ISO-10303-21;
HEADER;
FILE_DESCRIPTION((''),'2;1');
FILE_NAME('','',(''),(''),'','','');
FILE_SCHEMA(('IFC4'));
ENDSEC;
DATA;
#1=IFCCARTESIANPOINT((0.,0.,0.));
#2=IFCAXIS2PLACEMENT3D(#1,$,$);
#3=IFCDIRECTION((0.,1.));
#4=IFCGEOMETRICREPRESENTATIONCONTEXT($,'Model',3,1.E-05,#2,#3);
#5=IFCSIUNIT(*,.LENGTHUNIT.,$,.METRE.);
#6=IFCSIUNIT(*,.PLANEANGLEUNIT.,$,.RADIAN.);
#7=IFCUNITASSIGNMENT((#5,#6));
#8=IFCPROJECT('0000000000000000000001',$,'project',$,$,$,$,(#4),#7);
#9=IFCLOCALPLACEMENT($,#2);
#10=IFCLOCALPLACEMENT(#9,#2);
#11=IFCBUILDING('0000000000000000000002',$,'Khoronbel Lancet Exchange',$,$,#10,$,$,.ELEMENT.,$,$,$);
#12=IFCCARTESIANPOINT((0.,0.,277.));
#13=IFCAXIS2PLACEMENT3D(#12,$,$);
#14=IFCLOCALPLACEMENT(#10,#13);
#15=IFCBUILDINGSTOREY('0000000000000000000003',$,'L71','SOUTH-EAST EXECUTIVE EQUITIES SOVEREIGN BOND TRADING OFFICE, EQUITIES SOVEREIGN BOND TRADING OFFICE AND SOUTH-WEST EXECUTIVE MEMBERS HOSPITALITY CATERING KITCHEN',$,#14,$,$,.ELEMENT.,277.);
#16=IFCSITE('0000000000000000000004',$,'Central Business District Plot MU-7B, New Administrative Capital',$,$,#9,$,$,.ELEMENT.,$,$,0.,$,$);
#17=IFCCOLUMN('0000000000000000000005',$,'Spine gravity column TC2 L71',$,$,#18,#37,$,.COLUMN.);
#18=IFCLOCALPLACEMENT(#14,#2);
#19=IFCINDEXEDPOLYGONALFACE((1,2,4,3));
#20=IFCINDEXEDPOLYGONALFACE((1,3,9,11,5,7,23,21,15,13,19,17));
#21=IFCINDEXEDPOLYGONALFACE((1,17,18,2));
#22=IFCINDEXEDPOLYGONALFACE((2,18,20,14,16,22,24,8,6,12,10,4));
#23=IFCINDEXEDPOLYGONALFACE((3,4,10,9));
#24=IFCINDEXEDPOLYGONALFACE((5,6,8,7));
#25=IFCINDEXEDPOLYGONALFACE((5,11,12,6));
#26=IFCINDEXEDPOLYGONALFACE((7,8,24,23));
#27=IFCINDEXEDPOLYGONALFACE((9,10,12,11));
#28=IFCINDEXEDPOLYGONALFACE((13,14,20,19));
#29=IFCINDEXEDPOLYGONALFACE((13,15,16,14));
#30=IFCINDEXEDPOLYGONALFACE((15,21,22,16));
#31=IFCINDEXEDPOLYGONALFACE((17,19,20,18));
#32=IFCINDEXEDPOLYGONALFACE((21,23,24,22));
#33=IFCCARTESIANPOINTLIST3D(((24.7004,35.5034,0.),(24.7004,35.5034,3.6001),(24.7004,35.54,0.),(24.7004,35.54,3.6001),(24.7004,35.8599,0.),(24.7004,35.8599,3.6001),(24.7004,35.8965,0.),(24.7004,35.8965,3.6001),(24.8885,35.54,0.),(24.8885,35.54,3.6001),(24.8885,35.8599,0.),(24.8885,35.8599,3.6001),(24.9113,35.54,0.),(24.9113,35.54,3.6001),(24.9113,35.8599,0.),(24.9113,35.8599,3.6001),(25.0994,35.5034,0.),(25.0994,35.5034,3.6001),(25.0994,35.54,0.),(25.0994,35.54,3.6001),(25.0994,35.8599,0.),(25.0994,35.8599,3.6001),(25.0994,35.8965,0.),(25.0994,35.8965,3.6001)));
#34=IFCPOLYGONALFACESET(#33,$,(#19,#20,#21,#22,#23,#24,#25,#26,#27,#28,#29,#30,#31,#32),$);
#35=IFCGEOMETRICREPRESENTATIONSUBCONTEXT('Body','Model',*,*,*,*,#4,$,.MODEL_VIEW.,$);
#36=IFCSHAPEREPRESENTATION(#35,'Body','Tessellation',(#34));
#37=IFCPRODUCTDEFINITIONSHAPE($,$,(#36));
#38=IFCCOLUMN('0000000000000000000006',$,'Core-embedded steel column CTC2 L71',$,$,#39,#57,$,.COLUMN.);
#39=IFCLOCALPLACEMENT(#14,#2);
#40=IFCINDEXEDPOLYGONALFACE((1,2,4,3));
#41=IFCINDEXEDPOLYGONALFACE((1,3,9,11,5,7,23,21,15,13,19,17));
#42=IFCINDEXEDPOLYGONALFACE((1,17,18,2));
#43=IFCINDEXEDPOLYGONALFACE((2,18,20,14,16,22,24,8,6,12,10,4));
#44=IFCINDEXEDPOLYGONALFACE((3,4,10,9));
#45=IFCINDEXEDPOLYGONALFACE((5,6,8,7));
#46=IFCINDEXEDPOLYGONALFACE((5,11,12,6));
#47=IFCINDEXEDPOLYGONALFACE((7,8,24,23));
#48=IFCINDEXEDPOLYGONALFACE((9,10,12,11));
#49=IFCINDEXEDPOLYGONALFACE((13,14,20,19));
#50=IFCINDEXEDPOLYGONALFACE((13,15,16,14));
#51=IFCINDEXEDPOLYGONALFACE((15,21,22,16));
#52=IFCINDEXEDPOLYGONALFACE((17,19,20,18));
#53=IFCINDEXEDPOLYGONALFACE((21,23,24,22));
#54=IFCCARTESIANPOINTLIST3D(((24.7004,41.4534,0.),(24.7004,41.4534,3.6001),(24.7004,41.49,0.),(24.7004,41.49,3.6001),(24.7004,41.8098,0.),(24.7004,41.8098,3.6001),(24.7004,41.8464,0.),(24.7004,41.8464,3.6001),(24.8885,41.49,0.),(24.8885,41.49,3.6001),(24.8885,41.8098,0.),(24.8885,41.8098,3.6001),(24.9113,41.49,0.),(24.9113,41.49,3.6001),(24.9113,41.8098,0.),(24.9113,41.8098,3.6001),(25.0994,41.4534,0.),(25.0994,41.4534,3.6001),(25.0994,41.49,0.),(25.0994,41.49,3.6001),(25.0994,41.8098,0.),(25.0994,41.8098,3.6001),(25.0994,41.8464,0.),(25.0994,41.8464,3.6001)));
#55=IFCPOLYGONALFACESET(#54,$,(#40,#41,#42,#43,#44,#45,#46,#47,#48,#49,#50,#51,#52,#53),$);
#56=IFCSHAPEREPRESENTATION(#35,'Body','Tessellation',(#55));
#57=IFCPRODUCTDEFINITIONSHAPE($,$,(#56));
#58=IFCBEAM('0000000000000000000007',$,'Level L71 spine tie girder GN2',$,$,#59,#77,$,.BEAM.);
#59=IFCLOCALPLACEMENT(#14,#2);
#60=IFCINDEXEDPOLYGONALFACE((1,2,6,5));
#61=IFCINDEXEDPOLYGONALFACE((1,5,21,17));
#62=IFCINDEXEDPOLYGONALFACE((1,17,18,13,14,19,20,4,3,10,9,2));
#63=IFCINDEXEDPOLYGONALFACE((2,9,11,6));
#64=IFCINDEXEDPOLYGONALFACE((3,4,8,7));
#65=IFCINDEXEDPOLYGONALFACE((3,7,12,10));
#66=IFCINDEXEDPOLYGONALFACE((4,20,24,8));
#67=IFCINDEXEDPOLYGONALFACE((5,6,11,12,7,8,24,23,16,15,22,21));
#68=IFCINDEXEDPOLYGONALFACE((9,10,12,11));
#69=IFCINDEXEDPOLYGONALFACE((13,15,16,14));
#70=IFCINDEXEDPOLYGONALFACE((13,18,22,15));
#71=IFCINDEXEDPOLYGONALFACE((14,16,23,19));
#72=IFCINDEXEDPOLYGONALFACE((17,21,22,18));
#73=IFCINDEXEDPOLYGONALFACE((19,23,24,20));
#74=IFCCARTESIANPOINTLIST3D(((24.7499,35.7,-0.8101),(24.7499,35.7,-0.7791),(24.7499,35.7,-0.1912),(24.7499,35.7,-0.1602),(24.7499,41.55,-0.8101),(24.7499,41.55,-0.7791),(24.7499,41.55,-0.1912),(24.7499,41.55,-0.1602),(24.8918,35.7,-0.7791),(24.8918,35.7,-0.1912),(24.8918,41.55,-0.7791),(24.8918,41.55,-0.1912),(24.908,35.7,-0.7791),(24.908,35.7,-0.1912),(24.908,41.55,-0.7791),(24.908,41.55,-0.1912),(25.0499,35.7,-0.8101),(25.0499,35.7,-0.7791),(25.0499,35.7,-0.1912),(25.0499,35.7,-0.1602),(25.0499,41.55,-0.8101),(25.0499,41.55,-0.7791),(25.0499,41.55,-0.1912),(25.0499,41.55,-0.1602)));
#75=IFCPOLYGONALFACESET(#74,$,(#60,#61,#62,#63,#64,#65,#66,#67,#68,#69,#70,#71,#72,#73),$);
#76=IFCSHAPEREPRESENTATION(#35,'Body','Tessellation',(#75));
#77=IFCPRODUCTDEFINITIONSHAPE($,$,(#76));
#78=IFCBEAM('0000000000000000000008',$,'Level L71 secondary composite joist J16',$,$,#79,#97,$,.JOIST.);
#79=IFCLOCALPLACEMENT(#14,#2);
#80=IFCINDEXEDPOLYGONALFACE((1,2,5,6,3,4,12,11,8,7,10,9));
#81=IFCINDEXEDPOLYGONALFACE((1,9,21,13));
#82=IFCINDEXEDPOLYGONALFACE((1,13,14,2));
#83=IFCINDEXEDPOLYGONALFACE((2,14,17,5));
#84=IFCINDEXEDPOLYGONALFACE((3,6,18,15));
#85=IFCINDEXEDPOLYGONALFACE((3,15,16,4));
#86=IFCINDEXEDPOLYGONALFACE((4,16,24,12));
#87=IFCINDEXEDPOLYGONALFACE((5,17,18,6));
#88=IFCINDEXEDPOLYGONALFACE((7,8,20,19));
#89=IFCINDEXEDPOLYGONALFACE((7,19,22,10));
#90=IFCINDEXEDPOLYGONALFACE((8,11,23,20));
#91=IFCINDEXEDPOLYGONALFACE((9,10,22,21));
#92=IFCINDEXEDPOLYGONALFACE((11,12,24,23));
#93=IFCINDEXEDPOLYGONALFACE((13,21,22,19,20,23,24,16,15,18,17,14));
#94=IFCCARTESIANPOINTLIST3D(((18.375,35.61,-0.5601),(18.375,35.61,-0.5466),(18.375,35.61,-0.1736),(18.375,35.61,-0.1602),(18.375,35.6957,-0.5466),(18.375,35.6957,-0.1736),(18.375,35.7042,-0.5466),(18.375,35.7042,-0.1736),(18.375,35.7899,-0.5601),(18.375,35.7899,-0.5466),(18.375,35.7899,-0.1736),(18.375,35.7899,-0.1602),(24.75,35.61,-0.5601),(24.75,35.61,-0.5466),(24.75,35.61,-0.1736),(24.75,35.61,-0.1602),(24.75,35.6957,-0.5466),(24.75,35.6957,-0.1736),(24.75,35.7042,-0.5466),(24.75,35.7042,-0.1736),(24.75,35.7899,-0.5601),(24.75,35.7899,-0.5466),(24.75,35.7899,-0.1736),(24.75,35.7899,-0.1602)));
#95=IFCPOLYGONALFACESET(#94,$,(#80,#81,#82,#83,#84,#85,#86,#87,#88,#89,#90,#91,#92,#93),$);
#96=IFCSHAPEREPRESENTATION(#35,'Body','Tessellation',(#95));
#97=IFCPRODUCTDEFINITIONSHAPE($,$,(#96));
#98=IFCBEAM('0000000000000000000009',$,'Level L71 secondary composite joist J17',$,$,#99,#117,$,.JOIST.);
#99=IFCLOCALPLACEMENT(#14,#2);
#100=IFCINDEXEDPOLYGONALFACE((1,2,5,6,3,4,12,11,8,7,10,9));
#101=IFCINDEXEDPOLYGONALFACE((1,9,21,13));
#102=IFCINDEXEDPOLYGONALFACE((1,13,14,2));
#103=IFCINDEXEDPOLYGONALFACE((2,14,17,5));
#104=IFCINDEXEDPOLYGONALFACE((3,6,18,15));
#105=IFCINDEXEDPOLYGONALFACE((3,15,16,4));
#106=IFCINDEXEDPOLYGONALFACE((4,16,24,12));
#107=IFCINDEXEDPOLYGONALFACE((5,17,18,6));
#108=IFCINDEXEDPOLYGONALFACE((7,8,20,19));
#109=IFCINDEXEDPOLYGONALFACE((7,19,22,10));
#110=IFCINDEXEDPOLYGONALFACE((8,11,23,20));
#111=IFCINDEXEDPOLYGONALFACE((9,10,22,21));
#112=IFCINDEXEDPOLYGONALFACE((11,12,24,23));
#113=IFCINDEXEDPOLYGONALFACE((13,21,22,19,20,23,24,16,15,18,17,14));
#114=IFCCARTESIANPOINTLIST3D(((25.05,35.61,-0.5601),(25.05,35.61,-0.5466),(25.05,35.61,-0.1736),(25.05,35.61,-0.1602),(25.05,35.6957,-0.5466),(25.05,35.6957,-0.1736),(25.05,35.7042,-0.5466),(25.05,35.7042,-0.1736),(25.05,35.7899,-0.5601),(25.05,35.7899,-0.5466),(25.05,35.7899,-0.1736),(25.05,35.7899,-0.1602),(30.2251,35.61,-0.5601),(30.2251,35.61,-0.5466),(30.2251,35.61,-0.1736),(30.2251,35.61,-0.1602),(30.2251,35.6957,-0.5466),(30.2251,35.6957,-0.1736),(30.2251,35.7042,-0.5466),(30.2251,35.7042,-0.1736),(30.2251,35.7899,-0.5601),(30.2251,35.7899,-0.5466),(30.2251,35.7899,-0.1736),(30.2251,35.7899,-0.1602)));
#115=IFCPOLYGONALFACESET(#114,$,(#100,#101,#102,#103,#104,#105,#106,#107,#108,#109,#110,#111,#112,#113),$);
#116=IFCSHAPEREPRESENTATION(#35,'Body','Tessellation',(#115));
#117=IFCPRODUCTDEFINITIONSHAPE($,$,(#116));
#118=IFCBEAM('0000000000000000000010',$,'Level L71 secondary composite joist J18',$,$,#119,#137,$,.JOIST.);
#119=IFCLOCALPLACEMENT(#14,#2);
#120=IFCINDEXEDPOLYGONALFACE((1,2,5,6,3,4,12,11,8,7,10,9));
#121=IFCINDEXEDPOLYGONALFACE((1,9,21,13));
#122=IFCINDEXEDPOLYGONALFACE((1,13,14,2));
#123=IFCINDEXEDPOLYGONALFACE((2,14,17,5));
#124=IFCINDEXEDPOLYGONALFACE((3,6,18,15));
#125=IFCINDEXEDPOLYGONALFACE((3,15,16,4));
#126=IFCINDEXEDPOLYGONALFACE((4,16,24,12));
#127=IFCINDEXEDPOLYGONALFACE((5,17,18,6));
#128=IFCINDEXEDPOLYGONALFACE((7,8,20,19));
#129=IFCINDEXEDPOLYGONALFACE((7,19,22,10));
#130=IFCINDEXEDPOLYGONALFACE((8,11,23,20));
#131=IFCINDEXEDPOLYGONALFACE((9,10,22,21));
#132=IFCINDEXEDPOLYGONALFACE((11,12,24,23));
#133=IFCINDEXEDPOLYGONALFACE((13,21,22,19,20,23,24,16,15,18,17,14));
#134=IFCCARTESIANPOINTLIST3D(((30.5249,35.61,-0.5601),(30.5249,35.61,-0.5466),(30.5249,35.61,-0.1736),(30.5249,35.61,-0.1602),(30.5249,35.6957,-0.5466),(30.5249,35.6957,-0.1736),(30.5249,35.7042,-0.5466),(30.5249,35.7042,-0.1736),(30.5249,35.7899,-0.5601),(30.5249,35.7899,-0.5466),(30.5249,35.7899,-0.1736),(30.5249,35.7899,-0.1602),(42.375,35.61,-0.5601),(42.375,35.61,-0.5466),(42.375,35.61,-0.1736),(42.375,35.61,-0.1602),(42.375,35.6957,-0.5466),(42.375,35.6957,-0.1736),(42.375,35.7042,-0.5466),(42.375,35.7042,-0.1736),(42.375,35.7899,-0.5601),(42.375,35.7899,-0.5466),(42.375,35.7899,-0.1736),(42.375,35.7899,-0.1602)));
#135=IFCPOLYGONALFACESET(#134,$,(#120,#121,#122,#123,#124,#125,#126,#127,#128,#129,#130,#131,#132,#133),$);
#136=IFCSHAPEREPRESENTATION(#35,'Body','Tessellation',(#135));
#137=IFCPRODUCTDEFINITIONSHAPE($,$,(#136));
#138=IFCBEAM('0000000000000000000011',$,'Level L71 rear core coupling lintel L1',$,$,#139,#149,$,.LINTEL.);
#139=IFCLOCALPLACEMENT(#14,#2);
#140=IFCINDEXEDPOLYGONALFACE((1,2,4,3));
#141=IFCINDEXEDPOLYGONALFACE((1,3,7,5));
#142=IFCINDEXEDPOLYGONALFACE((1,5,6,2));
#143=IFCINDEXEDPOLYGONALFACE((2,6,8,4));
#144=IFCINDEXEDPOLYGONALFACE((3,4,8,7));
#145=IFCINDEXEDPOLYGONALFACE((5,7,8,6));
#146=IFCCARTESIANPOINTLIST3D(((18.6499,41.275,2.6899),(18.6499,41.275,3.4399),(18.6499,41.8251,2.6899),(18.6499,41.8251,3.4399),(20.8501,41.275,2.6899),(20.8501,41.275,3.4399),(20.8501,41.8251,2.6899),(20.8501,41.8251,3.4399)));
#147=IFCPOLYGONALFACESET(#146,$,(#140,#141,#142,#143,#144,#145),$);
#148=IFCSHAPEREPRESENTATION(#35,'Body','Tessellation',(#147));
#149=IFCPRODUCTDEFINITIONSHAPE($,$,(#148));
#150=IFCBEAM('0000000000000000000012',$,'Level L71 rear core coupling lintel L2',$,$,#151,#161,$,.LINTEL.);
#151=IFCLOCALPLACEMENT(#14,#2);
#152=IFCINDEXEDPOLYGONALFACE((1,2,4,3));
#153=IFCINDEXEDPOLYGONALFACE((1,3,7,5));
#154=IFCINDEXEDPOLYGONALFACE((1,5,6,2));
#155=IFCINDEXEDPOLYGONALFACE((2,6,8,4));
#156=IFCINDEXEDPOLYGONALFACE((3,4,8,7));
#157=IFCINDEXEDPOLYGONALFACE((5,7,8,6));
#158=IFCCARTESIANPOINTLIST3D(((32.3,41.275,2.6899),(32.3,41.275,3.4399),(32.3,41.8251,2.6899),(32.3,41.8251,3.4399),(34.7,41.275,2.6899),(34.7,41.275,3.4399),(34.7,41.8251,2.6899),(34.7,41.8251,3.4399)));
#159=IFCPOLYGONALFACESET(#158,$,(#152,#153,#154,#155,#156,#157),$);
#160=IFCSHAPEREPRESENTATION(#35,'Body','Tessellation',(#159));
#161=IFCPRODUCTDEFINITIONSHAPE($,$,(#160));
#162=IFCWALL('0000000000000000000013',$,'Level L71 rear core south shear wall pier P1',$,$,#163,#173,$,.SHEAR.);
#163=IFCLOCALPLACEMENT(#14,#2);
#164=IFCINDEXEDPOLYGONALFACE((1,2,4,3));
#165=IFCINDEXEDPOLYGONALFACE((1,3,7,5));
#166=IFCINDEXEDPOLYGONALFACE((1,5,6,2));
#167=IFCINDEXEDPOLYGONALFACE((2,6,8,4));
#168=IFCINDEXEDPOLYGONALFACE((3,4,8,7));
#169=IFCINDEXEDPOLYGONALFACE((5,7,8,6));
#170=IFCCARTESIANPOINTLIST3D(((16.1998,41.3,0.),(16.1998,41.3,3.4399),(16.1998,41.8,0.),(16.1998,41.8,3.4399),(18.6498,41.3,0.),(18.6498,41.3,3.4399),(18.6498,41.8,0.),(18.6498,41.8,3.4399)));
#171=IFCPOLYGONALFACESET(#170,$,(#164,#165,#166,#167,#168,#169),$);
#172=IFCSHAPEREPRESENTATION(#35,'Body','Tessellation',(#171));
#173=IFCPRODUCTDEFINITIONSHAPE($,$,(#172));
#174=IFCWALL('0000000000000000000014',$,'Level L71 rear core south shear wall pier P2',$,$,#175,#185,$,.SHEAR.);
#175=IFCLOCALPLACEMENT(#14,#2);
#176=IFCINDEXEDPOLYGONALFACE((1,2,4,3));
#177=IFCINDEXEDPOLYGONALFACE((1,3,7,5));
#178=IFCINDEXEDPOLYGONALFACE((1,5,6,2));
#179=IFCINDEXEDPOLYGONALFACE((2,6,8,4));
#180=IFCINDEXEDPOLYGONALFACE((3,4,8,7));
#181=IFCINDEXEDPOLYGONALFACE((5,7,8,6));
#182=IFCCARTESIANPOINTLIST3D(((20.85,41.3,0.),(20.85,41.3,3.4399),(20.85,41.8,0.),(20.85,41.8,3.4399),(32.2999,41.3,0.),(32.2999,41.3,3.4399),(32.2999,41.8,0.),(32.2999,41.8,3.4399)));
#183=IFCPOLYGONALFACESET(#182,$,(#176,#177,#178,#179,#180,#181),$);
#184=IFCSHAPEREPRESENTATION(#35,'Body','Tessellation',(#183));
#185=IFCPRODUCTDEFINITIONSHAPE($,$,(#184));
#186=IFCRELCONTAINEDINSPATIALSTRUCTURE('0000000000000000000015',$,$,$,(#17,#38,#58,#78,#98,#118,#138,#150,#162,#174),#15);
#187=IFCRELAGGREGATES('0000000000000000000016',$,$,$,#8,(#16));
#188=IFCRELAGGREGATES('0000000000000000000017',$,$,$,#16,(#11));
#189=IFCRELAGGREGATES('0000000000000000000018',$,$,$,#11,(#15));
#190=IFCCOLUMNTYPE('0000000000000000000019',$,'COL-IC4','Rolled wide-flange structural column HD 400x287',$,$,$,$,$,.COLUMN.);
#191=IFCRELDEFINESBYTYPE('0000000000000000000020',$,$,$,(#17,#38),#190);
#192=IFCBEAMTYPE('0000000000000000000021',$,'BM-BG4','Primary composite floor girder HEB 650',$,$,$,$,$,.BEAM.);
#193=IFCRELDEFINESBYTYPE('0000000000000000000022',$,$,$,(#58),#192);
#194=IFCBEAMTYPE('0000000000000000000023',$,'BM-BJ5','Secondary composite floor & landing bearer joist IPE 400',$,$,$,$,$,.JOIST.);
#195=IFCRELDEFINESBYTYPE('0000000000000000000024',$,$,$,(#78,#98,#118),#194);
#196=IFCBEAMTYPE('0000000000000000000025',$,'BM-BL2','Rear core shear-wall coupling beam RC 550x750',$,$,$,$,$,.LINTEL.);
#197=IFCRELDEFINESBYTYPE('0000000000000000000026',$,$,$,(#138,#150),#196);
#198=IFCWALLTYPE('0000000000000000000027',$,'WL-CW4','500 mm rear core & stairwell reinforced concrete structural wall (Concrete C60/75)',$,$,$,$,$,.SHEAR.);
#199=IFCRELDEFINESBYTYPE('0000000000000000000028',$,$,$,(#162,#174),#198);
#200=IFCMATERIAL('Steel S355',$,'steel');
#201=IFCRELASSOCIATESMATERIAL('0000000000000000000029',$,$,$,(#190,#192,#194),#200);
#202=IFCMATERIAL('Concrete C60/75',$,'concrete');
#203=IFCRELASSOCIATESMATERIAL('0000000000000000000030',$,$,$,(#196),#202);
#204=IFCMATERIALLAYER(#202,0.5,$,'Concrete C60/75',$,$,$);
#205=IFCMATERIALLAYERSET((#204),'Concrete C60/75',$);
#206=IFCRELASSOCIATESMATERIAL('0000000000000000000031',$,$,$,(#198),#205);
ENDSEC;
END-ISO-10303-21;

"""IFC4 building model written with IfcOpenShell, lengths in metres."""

from ifc_helpers import new_model, si_unit, direction, frame, frame_2d, origin, origin_2d, place, context, subcontext, project, spatial, rectangle, i_section, extrude, material, layer, layer_set, material_profile, profile_set, type_object, element, save


model = new_model("IFC4")

# Units and contexts
model_context = context("Model", 3, precision=1e-05, world=origin(), true_north=direction((0.0, 1.0)))
body_context = subcontext(model_context, "Body", "Model", "MODEL_VIEW")
ifc_project = project(units=[si_unit("LENGTHUNIT", "METRE"), si_unit("PLANEANGLEUNIT", "RADIAN")], contexts=[model_context])

# Site, building, storey
site_placement = place(None, origin())
site = spatial("IfcSite", under=ifc_project, at=site_placement, Name="Central Business District Plot MU-7B, New Administrative Capital", CompositionType="ELEMENT", RefElevation=0.0)
building_placement = place(site_placement, origin())
building = spatial("IfcBuilding", under=site, at=building_placement, Name="Khoronbel Lancet Exchange", CompositionType="ELEMENT")
storey_placement = place(building_placement, frame((0.0, 0.0, 277.0)))
storey = spatial("IfcBuildingStorey", under=building, at=storey_placement, Name="L71", Description="SOUTH-EAST EXECUTIVE EQUITIES SOVEREIGN BOND TRADING OFFICE, EQUITIES SOVEREIGN BOND TRADING OFFICE AND SOUTH-WEST EXECUTIVE MEMBERS HOSPITALITY CATERING KITCHEN", CompositionType="ELEMENT", Elevation=277.0)

# Columns
ifc_material_1 = material(Name="Steel S355", Category="steel")
ifc_material_profile_1 = material_profile(ifc_material_1, i_section(OverallWidth=0.3989, OverallDepth=0.3931, WebThickness=0.0227, FlangeThickness=0.0366, at=origin_2d()), Name="HD 400x287")
ifc_profile_set_1 = profile_set([ifc_material_profile_1], Name="Steel S355")
column_type = type_object("IfcColumnType", Name="COL-IC4", Description="Rolled wide-flange structural column HD 400x287", PredefinedType="COLUMN", material=ifc_profile_set_1)
for number, where, z_axis, x_axis, name in (
    (1, (24.8999, 35.7, 0.0), (0.0, 0.0, 1.0), (1.0, 0.0, 0.0), "Spine gravity column TC2 L71"),
    (2, (24.8999, 41.6499, 0.0), (0.0, 0.0, 1.0), (1.0, 0.0, 0.0), "Core-embedded steel column CTC2 L71"),
):
    element("IfcColumn", number, at=place(storey_placement, frame(where, z_axis=z_axis, x_axis=x_axis)), inside=storey, type_object=column_type, Name=name, PredefinedType="COLUMN", context=body_context, shape_type="SweptSolid", body=[
        extrude(i_section(OverallWidth=0.3989, OverallDepth=0.3931, WebThickness=0.0227, FlangeThickness=0.0366, at=origin_2d()), origin(), (0.0, 0.0, 1.0), 3.6001),
    ])

# Beams
ifc_material_profile_2 = material_profile(ifc_material_1, i_section(OverallWidth=0.3, OverallDepth=0.6499, WebThickness=0.0161, FlangeThickness=0.031, at=origin_2d()), Name="HEB 650")
ifc_profile_set_2 = profile_set([ifc_material_profile_2], Name="Steel S355")
beam_type_1 = type_object("IfcBeamType", Name="BM-BG4", Description="Primary composite floor girder HEB 650", PredefinedType="BEAM", material=ifc_profile_set_2)
beam_1_placement = place(storey_placement, frame((24.8999, 35.7, -0.4851), z_axis=(0.0, 1.0, 0.0), x_axis=(-1.0, 0.0, 0.0)))
element("IfcBeam", 3, at=beam_1_placement, inside=storey, type_object=beam_type_1, Name="Level L71 spine tie girder GN2", PredefinedType="BEAM", context=body_context, shape_type="SweptSolid", body=[
    extrude(i_section(OverallWidth=0.3, OverallDepth=0.6499, WebThickness=0.0161, FlangeThickness=0.031, at=origin_2d()), origin(), (0.0, 0.0, 1.0), 5.8501),
])
ifc_material_profile_3 = material_profile(ifc_material_1, i_section(OverallWidth=0.1799, OverallDepth=0.3999, WebThickness=0.0085, FlangeThickness=0.0134, at=origin_2d()), Name="IPE 400")
ifc_profile_set_3 = profile_set([ifc_material_profile_3], Name="Steel S355")
beam_type_2 = type_object("IfcBeamType", Name="BM-BJ5", Description="Secondary composite floor & landing bearer joist IPE 400", PredefinedType="JOIST", material=ifc_profile_set_3)
beam_2_placement = place(storey_placement, frame((18.375, 35.7, -0.3601), z_axis=(1.0, 0.0, 0.0), x_axis=(0.0, 1.0, 0.0)))
element("IfcBeam", 4, at=beam_2_placement, inside=storey, type_object=beam_type_2, Name="Level L71 secondary composite joist J16", PredefinedType="JOIST", context=body_context, shape_type="SweptSolid", body=[
    extrude(i_section(OverallWidth=0.1799, OverallDepth=0.3999, WebThickness=0.0085, FlangeThickness=0.0134, at=origin_2d()), origin(), (0.0, 0.0, 1.0), 6.375),
])
beam_3_placement = place(storey_placement, frame((25.05, 35.7, -0.3601), z_axis=(1.0, 0.0, 0.0), x_axis=(0.0, 1.0, 0.0)))
element("IfcBeam", 5, at=beam_3_placement, inside=storey, type_object=beam_type_2, Name="Level L71 secondary composite joist J17", PredefinedType="JOIST", context=body_context, shape_type="SweptSolid", body=[
    extrude(i_section(OverallWidth=0.1799, OverallDepth=0.3999, WebThickness=0.0085, FlangeThickness=0.0134, at=origin_2d()), origin(), (0.0, 0.0, 1.0), 5.175),
])
beam_4_placement = place(storey_placement, frame((30.5249, 35.7, -0.3601), z_axis=(1.0, 0.0, 0.0), x_axis=(0.0, 1.0, 0.0)))
element("IfcBeam", 6, at=beam_4_placement, inside=storey, type_object=beam_type_2, Name="Level L71 secondary composite joist J18", PredefinedType="JOIST", context=body_context, shape_type="SweptSolid", body=[
    extrude(i_section(OverallWidth=0.1799, OverallDepth=0.3999, WebThickness=0.0085, FlangeThickness=0.0134, at=origin_2d()), origin(), (0.0, 0.0, 1.0), 11.8501),
])
ifc_material_2 = material(Name="Concrete C60/75", Category="concrete")
ifc_material_profile_4 = material_profile(ifc_material_2, rectangle(XDim=0.55, YDim=0.75, at=origin_2d()), Name="RC 550x750")
ifc_profile_set_4 = profile_set([ifc_material_profile_4], Name="Concrete C60/75")
beam_type_3 = type_object("IfcBeamType", Name="BM-BL2", Description="Rear core shear-wall coupling beam RC 550x750", PredefinedType="LINTEL", material=ifc_profile_set_4)
beam_5_placement = place(storey_placement, frame((18.6499, 41.55, 3.0649), z_axis=(1.0, 0.0, 0.0), x_axis=(0.0, 1.0, 0.0)))
element("IfcBeam", 7, at=beam_5_placement, inside=storey, type_object=beam_type_3, Name="Level L71 rear core coupling lintel L1", PredefinedType="LINTEL", context=body_context, shape_type="SweptSolid", body=[
    extrude(rectangle(XDim=0.55, YDim=0.75, at=origin_2d()), origin(), (0.0, 0.0, 1.0), 2.2002),
])
beam_6_placement = place(storey_placement, frame((32.3, 41.55, 3.0649), z_axis=(1.0, 0.0, 0.0), x_axis=(0.0, 1.0, 0.0)))
element("IfcBeam", 8, at=beam_6_placement, inside=storey, type_object=beam_type_3, Name="Level L71 rear core coupling lintel L2", PredefinedType="LINTEL", context=body_context, shape_type="SweptSolid", body=[
    extrude(rectangle(XDim=0.55, YDim=0.75, at=origin_2d()), origin(), (0.0, 0.0, 1.0), 2.3999),
])

# Walls
ifc_layer_1 = layer(ifc_material_2, 0.5, Name="Concrete C60/75")
ifc_layer_set_1 = layer_set([ifc_layer_1], Name="Concrete C60/75")
wall_type_1 = type_object("IfcWallType", Name="WL-CW4", Description="500 mm rear core & stairwell reinforced concrete structural wall (Concrete C60/75)", PredefinedType="SHEAR", material=ifc_layer_set_1)
wall_1_placement = place(storey_placement, frame((18.6499, 41.55, 0.0), z_axis=(0.0, 0.0, 1.0), x_axis=(-1.0, 0.0, 0.0)))
element("IfcWall", 9, at=wall_1_placement, inside=storey, type_object=wall_type_1, Name="Level L71 rear core south shear wall pier P1", PredefinedType="SHEAR", context=body_context, shape_type="SweptSolid", body=[
    extrude(rectangle(XDim=2.45, YDim=0.5, at=frame_2d((1.2251, 0.0))), origin(), (0.0, 0.0, 1.0), 3.4399),
])
wall_2_placement = place(storey_placement, frame((32.3, 41.55, 0.0), z_axis=(0.0, 0.0, 1.0), x_axis=(-1.0, 0.0, 0.0)))
element("IfcWall", 10, at=wall_2_placement, inside=storey, type_object=wall_type_1, Name="Level L71 rear core south shear wall pier P2", PredefinedType="SHEAR", context=body_context, shape_type="SweptSolid", body=[
    extrude(rectangle(XDim=11.45, YDim=0.5, at=frame_2d((5.7251, 0.0))), origin(), (0.0, 0.0, 1.0), 3.4399),
])

save(model, "model.ifc")
